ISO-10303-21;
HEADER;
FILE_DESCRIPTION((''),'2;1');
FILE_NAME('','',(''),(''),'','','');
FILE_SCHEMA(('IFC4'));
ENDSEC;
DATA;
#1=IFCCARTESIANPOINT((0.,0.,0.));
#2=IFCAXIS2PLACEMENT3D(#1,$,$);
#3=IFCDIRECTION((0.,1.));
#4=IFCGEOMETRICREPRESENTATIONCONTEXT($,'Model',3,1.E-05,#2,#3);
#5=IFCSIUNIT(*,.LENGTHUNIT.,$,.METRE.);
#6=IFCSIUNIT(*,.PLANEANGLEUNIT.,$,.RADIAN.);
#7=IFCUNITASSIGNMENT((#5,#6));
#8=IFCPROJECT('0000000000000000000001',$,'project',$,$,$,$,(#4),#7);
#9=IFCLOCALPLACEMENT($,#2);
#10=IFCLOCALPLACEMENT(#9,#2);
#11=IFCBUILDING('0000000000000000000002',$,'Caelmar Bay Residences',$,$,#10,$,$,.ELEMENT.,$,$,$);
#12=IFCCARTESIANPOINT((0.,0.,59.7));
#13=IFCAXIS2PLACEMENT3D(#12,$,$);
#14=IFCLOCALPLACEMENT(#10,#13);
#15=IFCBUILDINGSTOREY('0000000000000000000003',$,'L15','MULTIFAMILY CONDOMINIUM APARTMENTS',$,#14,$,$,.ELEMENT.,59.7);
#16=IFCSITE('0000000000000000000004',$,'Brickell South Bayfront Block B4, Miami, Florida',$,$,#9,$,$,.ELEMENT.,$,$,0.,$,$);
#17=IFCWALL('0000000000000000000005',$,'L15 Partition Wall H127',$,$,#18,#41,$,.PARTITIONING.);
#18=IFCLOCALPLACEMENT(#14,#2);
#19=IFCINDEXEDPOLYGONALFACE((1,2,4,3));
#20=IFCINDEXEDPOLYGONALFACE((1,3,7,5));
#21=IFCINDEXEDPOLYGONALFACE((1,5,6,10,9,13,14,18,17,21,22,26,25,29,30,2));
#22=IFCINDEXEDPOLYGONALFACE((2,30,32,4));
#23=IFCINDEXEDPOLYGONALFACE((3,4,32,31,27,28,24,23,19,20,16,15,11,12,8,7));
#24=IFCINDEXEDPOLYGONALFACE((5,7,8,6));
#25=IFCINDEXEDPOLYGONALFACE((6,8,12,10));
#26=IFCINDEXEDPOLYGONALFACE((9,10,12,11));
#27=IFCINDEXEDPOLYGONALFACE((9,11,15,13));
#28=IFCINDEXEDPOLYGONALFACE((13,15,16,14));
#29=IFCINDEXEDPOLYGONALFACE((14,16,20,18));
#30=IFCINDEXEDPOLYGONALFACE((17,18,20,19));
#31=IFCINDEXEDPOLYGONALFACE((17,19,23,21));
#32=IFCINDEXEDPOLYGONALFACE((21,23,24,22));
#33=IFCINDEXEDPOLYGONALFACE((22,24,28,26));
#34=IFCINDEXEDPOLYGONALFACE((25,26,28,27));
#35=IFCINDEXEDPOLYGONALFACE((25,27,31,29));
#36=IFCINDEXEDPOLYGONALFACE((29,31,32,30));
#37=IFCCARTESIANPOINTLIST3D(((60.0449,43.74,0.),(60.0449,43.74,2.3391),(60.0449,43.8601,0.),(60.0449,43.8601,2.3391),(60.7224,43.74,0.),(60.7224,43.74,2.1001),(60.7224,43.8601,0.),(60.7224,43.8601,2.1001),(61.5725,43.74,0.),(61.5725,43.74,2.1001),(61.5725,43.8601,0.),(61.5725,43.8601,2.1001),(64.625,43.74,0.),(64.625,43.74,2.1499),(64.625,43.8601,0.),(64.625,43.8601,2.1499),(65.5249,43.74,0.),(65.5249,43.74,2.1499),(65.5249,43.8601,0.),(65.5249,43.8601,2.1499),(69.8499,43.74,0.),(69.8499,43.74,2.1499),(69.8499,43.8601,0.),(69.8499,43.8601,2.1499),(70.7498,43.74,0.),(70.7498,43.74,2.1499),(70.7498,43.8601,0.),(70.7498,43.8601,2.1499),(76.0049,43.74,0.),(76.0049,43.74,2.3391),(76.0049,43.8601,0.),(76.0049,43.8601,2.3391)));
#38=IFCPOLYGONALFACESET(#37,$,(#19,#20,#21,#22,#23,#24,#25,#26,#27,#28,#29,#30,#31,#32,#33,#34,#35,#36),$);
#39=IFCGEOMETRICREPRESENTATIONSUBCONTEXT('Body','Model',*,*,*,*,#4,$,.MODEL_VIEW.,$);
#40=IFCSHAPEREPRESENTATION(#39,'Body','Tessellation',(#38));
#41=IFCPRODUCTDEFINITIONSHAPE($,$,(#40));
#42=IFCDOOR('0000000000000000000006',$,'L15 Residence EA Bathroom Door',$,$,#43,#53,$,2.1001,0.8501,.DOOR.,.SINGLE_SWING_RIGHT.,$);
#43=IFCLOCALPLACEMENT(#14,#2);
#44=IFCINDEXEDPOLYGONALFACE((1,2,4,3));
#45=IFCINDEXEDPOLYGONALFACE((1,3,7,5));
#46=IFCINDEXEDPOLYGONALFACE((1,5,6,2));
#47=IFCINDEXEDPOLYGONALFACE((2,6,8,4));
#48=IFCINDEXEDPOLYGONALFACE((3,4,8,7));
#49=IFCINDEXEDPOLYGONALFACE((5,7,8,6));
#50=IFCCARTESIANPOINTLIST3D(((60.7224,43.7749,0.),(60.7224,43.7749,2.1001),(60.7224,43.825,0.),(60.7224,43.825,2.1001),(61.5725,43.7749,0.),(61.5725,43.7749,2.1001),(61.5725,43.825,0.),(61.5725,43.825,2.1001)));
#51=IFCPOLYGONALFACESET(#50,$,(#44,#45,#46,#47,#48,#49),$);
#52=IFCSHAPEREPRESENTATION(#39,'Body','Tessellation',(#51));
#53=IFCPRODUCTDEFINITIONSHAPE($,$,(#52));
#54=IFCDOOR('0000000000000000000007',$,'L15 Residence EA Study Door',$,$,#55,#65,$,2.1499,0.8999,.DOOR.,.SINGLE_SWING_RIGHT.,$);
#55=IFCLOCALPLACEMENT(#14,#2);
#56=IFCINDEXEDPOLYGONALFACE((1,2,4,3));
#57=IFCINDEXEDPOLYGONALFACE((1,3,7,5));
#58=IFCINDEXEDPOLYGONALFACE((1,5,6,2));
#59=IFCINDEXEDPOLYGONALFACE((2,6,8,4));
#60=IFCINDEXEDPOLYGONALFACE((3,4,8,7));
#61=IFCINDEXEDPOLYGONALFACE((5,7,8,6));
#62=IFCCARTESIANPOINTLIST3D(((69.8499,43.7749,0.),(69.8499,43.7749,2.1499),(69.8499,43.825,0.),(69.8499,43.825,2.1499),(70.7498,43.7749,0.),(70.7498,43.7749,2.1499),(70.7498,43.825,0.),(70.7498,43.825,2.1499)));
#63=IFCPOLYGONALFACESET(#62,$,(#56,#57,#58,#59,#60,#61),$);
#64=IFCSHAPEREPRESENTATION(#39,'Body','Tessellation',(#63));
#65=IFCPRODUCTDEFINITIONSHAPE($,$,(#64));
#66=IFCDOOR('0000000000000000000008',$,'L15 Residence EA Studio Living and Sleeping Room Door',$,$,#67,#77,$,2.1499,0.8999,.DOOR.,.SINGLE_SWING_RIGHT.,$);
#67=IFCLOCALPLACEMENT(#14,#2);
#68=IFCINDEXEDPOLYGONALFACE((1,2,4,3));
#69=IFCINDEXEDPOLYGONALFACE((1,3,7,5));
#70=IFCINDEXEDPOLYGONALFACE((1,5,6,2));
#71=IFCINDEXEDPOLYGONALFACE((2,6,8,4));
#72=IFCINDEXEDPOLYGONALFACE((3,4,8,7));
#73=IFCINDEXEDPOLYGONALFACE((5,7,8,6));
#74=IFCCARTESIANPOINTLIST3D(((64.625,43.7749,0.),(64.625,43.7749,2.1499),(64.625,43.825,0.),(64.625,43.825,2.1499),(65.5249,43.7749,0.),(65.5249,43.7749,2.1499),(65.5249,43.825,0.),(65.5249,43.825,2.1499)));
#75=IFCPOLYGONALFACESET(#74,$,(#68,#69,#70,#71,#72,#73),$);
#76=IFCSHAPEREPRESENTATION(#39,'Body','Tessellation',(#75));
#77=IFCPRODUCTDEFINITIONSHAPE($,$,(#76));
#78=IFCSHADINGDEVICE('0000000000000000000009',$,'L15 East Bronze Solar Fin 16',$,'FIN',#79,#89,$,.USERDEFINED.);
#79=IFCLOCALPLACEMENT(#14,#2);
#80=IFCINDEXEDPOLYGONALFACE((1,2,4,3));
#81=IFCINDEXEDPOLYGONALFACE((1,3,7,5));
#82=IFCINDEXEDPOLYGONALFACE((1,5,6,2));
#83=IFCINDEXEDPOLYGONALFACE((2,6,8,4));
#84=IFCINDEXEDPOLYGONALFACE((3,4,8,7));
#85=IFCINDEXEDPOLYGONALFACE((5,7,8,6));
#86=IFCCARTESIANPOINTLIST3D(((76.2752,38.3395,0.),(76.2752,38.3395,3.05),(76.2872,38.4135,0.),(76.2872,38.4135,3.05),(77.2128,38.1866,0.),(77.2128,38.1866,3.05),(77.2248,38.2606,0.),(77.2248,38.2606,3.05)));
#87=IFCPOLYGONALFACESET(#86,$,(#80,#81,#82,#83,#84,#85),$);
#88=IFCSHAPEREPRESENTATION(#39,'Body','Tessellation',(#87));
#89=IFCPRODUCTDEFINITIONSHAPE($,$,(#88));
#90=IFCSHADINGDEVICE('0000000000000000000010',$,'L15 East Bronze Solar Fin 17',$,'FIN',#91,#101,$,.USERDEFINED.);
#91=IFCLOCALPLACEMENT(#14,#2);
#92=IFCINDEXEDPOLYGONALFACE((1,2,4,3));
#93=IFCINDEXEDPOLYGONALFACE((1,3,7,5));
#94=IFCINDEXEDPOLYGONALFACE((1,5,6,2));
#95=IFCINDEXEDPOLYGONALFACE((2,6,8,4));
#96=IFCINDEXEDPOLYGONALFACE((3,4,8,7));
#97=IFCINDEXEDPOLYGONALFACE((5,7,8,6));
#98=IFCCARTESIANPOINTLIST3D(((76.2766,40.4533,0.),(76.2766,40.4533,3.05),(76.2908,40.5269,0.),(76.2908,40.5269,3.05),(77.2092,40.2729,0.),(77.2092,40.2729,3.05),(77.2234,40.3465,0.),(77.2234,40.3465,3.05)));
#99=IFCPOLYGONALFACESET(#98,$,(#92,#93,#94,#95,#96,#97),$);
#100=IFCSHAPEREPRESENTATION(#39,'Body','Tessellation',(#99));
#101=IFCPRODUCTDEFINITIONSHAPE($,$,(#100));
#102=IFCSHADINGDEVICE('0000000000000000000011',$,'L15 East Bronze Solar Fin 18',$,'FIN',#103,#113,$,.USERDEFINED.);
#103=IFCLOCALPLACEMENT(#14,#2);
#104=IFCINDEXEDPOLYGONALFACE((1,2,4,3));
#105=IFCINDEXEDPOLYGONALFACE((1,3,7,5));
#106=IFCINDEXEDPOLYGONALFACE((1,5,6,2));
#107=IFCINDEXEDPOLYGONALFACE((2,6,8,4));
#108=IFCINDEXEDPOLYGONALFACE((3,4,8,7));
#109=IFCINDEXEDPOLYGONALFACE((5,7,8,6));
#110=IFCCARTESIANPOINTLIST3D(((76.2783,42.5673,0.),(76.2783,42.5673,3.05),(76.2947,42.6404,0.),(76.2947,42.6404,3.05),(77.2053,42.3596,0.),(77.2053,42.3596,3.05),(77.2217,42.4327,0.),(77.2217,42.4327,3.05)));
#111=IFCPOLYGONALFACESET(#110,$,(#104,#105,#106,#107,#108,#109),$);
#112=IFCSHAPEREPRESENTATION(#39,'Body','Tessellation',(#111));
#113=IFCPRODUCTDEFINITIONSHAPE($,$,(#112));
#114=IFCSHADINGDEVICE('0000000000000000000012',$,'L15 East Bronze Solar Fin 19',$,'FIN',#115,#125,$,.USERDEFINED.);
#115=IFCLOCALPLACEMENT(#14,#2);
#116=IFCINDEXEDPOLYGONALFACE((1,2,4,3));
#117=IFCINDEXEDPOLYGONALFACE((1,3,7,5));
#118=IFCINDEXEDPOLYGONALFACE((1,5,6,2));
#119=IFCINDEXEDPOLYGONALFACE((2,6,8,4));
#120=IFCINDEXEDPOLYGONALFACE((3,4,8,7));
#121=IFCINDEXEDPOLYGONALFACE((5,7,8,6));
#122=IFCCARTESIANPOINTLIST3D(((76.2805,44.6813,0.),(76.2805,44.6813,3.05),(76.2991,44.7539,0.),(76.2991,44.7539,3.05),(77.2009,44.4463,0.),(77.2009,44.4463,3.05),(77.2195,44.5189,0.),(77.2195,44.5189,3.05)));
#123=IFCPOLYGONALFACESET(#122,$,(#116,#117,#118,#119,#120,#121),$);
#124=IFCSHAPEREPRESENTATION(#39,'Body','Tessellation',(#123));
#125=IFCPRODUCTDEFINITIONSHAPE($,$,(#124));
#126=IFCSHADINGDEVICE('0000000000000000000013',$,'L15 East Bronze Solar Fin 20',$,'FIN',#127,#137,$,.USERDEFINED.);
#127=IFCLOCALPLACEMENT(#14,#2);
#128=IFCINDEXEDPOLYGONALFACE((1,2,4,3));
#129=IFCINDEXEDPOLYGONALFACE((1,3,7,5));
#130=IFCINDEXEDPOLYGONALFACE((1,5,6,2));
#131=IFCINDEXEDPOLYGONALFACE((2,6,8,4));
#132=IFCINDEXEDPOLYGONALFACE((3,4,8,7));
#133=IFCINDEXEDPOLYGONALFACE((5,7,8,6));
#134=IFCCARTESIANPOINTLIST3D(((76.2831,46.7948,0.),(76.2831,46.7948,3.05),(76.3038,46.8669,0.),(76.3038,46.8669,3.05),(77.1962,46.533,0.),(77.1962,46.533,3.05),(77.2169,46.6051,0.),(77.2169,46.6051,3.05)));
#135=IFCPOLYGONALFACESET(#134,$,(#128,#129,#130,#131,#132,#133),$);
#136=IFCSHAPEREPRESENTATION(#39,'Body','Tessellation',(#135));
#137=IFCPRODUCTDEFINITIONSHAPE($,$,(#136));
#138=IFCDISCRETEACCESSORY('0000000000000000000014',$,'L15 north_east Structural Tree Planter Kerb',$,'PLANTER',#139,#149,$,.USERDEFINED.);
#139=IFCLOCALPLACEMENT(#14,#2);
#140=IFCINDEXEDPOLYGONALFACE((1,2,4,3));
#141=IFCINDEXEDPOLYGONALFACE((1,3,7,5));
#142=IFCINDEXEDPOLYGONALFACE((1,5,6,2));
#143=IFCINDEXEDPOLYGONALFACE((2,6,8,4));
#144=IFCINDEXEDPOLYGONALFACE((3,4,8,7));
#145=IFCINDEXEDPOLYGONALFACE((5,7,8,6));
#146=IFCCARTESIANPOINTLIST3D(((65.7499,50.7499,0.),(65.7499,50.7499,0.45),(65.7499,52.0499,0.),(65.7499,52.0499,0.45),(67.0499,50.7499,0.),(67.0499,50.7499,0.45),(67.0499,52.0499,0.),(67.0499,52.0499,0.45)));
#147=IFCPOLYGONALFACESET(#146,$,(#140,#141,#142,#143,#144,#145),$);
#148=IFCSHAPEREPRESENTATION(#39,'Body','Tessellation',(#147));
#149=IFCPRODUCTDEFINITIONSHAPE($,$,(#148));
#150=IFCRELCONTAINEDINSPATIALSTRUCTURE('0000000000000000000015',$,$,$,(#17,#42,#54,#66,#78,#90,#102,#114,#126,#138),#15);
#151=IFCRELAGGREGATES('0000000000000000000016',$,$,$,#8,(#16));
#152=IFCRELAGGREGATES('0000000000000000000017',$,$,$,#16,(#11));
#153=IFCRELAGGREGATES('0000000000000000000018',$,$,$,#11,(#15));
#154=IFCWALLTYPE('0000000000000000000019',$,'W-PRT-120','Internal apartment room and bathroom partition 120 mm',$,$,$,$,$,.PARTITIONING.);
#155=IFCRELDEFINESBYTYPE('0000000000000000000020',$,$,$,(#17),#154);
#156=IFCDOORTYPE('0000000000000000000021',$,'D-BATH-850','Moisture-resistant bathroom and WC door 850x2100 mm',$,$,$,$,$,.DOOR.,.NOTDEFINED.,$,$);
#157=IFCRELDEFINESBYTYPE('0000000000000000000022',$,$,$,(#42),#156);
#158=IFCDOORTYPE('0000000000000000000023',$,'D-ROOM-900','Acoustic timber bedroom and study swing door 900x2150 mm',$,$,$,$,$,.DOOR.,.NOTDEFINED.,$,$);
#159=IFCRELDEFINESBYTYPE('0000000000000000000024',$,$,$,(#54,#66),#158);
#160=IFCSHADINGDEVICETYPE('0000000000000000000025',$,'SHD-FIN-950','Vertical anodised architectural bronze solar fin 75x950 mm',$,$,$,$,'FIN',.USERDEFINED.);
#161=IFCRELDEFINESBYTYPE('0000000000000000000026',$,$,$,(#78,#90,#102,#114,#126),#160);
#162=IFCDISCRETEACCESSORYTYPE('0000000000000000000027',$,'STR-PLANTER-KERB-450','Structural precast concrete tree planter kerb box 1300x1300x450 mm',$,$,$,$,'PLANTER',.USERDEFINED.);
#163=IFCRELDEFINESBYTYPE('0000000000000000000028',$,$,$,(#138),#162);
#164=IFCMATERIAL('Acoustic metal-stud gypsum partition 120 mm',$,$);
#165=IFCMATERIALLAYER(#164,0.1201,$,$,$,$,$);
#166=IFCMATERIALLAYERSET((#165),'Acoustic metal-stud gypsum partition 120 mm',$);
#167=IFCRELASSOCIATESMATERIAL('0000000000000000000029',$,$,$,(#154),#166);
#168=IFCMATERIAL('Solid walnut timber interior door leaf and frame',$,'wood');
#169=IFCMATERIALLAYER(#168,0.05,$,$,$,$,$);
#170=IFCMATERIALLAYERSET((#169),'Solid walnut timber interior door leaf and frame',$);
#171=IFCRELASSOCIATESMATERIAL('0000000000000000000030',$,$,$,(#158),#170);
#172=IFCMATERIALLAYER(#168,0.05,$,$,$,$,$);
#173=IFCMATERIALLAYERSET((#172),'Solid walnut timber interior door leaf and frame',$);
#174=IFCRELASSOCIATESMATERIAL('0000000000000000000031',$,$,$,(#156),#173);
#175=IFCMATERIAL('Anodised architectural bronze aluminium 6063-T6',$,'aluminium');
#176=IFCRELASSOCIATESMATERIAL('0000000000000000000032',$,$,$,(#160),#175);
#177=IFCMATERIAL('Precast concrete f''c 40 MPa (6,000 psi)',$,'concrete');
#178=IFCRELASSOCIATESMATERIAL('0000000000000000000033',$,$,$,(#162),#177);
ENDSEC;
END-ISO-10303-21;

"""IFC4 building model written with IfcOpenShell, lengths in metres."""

from ifc_helpers import new_model, si_unit, direction, frame, frame_2d, origin, origin_2d, place, context, subcontext, project, spatial, rectangle, extrude, material, layer, layer_set, material_profile, profile_set, type_object, element, fill, save


model = new_model("IFC4")

# Units and contexts
model_context = context("Model", 3, precision=1e-05, world=origin(), true_north=direction((0.0, 1.0)))
body_context = subcontext(model_context, "Body", "Model", "MODEL_VIEW")
ifc_project = project(units=[si_unit("LENGTHUNIT", "METRE"), si_unit("PLANEANGLEUNIT", "RADIAN")], contexts=[model_context])

# Site, building, storey
site_placement = place(None, origin())
site = spatial("IfcSite", under=ifc_project, at=site_placement, Name="Brickell South Bayfront Block B4, Miami, Florida", CompositionType="ELEMENT", RefElevation=0.0)
building_placement = place(site_placement, origin())
building = spatial("IfcBuilding", under=site, at=building_placement, Name="Caelmar Bay Residences", CompositionType="ELEMENT")
storey_placement = place(building_placement, frame((0.0, 0.0, 59.7)))
storey = spatial("IfcBuildingStorey", under=building, at=storey_placement, Name="L15", Description="MULTIFAMILY CONDOMINIUM APARTMENTS", CompositionType="ELEMENT", Elevation=59.7)

# Shared definitions
ifc_material_1 = material(Name="Precast concrete f'c 40 MPa (6,000 psi)", Category="concrete")

# Shared definitions
ifc_material_2 = material(Name="Acoustic metal-stud gypsum partition 120 mm")
ifc_layer_1 = layer(ifc_material_2, 0.1201)
ifc_layer_set_1 = layer_set([ifc_layer_1], Name="Acoustic metal-stud gypsum partition 120 mm")
wall_type_1 = type_object("IfcWallType", Name="W-PRT-120", Description="Internal apartment room and bathroom partition 120 mm", PredefinedType="PARTITIONING", material=ifc_layer_set_1)
ifc_material_3 = material(Name="Solid walnut timber interior door leaf and frame", Category="wood")
ifc_layer_2 = layer(ifc_material_3, 0.05)
ifc_layer_set_2 = layer_set([ifc_layer_2], Name="Solid walnut timber interior door leaf and frame")
door_type_1 = type_object("IfcDoorType", Name="D-ROOM-900", Description="Acoustic timber bedroom and study swing door 900x2150 mm", OperationType="NOTDEFINED", PredefinedType="DOOR", material=ifc_layer_set_2)

# Wall, openings, doors
wall_1_placement = place(storey_placement, frame((60.0449, 43.8, 0.0), z_axis=(0.0, 0.0, 1.0), x_axis=(1.0, 0.0, 0.0)))
wall_1 = element("IfcWall", 1, at=wall_1_placement, inside=storey, type_object=wall_type_1, Name="L15 Partition Wall H127", PredefinedType="PARTITIONING", context=body_context, shape_type="SweptSolid", body=[
    extrude(rectangle(XDim=15.96, YDim=0.1201, at=frame_2d((7.98, 0.0))), origin(), (0.0, 0.0, 1.0), 2.3391),
])
opening_1_placement = place(wall_1_placement, frame((9.8049, 0.0, 0.0)))
opening_1 = element("IfcOpeningElement", 2, at=opening_1_placement, cuts=wall_1, PredefinedType="OPENING", context=body_context, shape_type="SweptSolid", body=[
    extrude(rectangle(XDim=0.8999, YDim=2.1499, at=frame_2d((0.45, 1.075))), frame((0.0, 0.0701, 0.0), z_axis=(0.0, -1.0, 0.0), x_axis=(1.0, 0.0, 0.0)), (0.0, 0.0, 1.0), 0.1401),
])
opening_2_placement = place(wall_1_placement, frame((4.5801, 0.0, 0.0)))
opening_2 = element("IfcOpeningElement", 3, at=opening_2_placement, cuts=wall_1, PredefinedType="OPENING", context=body_context, shape_type="SweptSolid", body=[
    extrude(rectangle(XDim=0.8999, YDim=2.1499, at=frame_2d((0.45, 1.075))), frame((0.0, 0.0701, 0.0), z_axis=(0.0, -1.0, 0.0), x_axis=(1.0, 0.0, 0.0)), (0.0, 0.0, 1.0), 0.1401),
])
opening_3_placement = place(wall_1_placement, frame((0.6775, 0.0, 0.0)))
opening_3 = element("IfcOpeningElement", 4, at=opening_3_placement, cuts=wall_1, PredefinedType="OPENING", context=body_context, shape_type="SweptSolid", body=[
    extrude(rectangle(XDim=0.8501, YDim=2.1001, at=frame_2d((0.425, 1.05))), frame((0.0, 0.0701, 0.0), z_axis=(0.0, -1.0, 0.0), x_axis=(1.0, 0.0, 0.0)), (0.0, 0.0, 1.0), 0.1401),
])
ifc_layer_3 = layer(ifc_material_3, 0.05)
ifc_layer_set_3 = layer_set([ifc_layer_3], Name="Solid walnut timber interior door leaf and frame")
door_type_2 = type_object("IfcDoorType", Name="D-BATH-850", Description="Moisture-resistant bathroom and WC door 850x2100 mm", OperationType="NOTDEFINED", PredefinedType="DOOR", material=ifc_layer_set_3)
door_1_placement = place(opening_3_placement, origin())
door_1 = element("IfcDoor", 5, at=door_1_placement, inside=storey, type_object=door_type_2, Name="L15 Residence EA Bathroom Door", OperationType="SINGLE_SWING_RIGHT", OverallHeight=2.1001, OverallWidth=0.8501, PredefinedType="DOOR", context=body_context, shape_type="SweptSolid", body=[
    extrude(rectangle(XDim=0.8501, YDim=2.1001, at=frame_2d((0.425, 1.05))), frame((0.0, 0.0249, 0.0), z_axis=(0.0, -1.0, 0.0), x_axis=(1.0, 0.0, 0.0)), (0.0, 0.0, 1.0), 0.05),
])
fill(opening_3, door_1)
door_2_placement = place(opening_1_placement, origin())
door_2 = element("IfcDoor", 6, at=door_2_placement, inside=storey, type_object=door_type_1, Name="L15 Residence EA Study Door", OperationType="SINGLE_SWING_RIGHT", OverallHeight=2.1499, OverallWidth=0.8999, PredefinedType="DOOR", context=body_context, shape_type="SweptSolid", body=[
    extrude(rectangle(XDim=0.8999, YDim=2.1499, at=frame_2d((0.45, 1.075))), frame((0.0, 0.0249, 0.0), z_axis=(0.0, -1.0, 0.0), x_axis=(1.0, 0.0, 0.0)), (0.0, 0.0, 1.0), 0.05),
])
fill(opening_1, door_2)
door_3_placement = place(opening_2_placement, origin())
door_3 = element("IfcDoor", 7, at=door_3_placement, inside=storey, type_object=door_type_1, Name="L15 Residence EA Studio Living and Sleeping Room Door", OperationType="SINGLE_SWING_RIGHT", OverallHeight=2.1499, OverallWidth=0.8999, PredefinedType="DOOR", context=body_context, shape_type="SweptSolid", body=[
    extrude(rectangle(XDim=0.8999, YDim=2.1499, at=frame_2d((0.45, 1.075))), frame((0.0, 0.0249, 0.0), z_axis=(0.0, -1.0, 0.0), x_axis=(1.0, 0.0, 0.0)), (0.0, 0.0, 1.0), 0.05),
])
fill(opening_2, door_3)

# Shading devices
ifc_material_4 = material(Name="Anodised architectural bronze aluminium 6063-T6", Category="aluminium")
ifc_material_profile_1 = material_profile(ifc_material_4, rectangle(XDim=0.075, YDim=0.95, at=origin_2d()), Name="BRONZE-FIN-75X950")
ifc_profile_set_1 = profile_set([ifc_material_profile_1], Name="Anodised architectural bronze aluminium 6063-T6")
shading_device_type = type_object("IfcShadingDeviceType", Name="SHD-FIN-950", Description="Vertical anodised architectural bronze solar fin 75x950 mm", ElementType="FIN", PredefinedType="USERDEFINED", material=ifc_profile_set_1)
for number, where, z_axis, x_axis, name in (
    (8, (76.75, 38.3, 0.0), (0.0, 0.0, 1.0), (0.160915, 0.986968, 0.0), "L15 East Bronze Solar Fin 16"),
    (9, (76.75, 40.3999, 0.0), (0.0, 0.0, 1.0), (0.189952, 0.981793, 0.0), "L15 East Bronze Solar Fin 17"),
    (10, (76.75, 42.5, 0.0), (0.0, 0.0, 1.0), (0.218654, 0.975802, 0.0), "L15 East Bronze Solar Fin 18"),
    (11, (76.75, 44.6001, 0.0), (0.0, 0.0, 1.0), (0.247337, 0.968929, 0.0), "L15 East Bronze Solar Fin 19"),
    (12, (76.75, 46.7, 0.0), (0.0, 0.0, 1.0), (0.275637, 0.961262, 0.0), "L15 East Bronze Solar Fin 20"),
):
    element("IfcShadingDevice", number, at=place(storey_placement, frame(where, z_axis=z_axis, x_axis=x_axis)), inside=storey, type_object=shading_device_type, Name=name, ObjectType="FIN", PredefinedType="USERDEFINED", context=body_context, shape_type="SweptSolid", body=[
        extrude(rectangle(XDim=0.075, YDim=0.95, at=origin_2d()), origin(), (0.0, 0.0, 1.0), 3.05),
    ])

# Discrete accessory
discrete_accessory_type = type_object("IfcDiscreteAccessoryType", Name="STR-PLANTER-KERB-450", Description="Structural precast concrete tree planter kerb box 1300x1300x450 mm", ElementType="PLANTER", PredefinedType="USERDEFINED", material=ifc_material_1)
discrete_accessory_placement = place(storey_placement, frame((66.3999, 51.3999, 0.0), z_axis=(0.0, 0.0, 1.0), x_axis=(1.0, 0.0, 0.0)))
element("IfcDiscreteAccessory", 13, at=discrete_accessory_placement, inside=storey, type_object=discrete_accessory_type, Name="L15 north_east Structural Tree Planter Kerb", ObjectType="PLANTER", PredefinedType="USERDEFINED", context=body_context, shape_type="SweptSolid", body=[
    extrude(rectangle(XDim=1.3, YDim=1.3, at=origin_2d()), origin(), (0.0, 0.0, 1.0), 0.45),
])

save(model, "model.ifc")
